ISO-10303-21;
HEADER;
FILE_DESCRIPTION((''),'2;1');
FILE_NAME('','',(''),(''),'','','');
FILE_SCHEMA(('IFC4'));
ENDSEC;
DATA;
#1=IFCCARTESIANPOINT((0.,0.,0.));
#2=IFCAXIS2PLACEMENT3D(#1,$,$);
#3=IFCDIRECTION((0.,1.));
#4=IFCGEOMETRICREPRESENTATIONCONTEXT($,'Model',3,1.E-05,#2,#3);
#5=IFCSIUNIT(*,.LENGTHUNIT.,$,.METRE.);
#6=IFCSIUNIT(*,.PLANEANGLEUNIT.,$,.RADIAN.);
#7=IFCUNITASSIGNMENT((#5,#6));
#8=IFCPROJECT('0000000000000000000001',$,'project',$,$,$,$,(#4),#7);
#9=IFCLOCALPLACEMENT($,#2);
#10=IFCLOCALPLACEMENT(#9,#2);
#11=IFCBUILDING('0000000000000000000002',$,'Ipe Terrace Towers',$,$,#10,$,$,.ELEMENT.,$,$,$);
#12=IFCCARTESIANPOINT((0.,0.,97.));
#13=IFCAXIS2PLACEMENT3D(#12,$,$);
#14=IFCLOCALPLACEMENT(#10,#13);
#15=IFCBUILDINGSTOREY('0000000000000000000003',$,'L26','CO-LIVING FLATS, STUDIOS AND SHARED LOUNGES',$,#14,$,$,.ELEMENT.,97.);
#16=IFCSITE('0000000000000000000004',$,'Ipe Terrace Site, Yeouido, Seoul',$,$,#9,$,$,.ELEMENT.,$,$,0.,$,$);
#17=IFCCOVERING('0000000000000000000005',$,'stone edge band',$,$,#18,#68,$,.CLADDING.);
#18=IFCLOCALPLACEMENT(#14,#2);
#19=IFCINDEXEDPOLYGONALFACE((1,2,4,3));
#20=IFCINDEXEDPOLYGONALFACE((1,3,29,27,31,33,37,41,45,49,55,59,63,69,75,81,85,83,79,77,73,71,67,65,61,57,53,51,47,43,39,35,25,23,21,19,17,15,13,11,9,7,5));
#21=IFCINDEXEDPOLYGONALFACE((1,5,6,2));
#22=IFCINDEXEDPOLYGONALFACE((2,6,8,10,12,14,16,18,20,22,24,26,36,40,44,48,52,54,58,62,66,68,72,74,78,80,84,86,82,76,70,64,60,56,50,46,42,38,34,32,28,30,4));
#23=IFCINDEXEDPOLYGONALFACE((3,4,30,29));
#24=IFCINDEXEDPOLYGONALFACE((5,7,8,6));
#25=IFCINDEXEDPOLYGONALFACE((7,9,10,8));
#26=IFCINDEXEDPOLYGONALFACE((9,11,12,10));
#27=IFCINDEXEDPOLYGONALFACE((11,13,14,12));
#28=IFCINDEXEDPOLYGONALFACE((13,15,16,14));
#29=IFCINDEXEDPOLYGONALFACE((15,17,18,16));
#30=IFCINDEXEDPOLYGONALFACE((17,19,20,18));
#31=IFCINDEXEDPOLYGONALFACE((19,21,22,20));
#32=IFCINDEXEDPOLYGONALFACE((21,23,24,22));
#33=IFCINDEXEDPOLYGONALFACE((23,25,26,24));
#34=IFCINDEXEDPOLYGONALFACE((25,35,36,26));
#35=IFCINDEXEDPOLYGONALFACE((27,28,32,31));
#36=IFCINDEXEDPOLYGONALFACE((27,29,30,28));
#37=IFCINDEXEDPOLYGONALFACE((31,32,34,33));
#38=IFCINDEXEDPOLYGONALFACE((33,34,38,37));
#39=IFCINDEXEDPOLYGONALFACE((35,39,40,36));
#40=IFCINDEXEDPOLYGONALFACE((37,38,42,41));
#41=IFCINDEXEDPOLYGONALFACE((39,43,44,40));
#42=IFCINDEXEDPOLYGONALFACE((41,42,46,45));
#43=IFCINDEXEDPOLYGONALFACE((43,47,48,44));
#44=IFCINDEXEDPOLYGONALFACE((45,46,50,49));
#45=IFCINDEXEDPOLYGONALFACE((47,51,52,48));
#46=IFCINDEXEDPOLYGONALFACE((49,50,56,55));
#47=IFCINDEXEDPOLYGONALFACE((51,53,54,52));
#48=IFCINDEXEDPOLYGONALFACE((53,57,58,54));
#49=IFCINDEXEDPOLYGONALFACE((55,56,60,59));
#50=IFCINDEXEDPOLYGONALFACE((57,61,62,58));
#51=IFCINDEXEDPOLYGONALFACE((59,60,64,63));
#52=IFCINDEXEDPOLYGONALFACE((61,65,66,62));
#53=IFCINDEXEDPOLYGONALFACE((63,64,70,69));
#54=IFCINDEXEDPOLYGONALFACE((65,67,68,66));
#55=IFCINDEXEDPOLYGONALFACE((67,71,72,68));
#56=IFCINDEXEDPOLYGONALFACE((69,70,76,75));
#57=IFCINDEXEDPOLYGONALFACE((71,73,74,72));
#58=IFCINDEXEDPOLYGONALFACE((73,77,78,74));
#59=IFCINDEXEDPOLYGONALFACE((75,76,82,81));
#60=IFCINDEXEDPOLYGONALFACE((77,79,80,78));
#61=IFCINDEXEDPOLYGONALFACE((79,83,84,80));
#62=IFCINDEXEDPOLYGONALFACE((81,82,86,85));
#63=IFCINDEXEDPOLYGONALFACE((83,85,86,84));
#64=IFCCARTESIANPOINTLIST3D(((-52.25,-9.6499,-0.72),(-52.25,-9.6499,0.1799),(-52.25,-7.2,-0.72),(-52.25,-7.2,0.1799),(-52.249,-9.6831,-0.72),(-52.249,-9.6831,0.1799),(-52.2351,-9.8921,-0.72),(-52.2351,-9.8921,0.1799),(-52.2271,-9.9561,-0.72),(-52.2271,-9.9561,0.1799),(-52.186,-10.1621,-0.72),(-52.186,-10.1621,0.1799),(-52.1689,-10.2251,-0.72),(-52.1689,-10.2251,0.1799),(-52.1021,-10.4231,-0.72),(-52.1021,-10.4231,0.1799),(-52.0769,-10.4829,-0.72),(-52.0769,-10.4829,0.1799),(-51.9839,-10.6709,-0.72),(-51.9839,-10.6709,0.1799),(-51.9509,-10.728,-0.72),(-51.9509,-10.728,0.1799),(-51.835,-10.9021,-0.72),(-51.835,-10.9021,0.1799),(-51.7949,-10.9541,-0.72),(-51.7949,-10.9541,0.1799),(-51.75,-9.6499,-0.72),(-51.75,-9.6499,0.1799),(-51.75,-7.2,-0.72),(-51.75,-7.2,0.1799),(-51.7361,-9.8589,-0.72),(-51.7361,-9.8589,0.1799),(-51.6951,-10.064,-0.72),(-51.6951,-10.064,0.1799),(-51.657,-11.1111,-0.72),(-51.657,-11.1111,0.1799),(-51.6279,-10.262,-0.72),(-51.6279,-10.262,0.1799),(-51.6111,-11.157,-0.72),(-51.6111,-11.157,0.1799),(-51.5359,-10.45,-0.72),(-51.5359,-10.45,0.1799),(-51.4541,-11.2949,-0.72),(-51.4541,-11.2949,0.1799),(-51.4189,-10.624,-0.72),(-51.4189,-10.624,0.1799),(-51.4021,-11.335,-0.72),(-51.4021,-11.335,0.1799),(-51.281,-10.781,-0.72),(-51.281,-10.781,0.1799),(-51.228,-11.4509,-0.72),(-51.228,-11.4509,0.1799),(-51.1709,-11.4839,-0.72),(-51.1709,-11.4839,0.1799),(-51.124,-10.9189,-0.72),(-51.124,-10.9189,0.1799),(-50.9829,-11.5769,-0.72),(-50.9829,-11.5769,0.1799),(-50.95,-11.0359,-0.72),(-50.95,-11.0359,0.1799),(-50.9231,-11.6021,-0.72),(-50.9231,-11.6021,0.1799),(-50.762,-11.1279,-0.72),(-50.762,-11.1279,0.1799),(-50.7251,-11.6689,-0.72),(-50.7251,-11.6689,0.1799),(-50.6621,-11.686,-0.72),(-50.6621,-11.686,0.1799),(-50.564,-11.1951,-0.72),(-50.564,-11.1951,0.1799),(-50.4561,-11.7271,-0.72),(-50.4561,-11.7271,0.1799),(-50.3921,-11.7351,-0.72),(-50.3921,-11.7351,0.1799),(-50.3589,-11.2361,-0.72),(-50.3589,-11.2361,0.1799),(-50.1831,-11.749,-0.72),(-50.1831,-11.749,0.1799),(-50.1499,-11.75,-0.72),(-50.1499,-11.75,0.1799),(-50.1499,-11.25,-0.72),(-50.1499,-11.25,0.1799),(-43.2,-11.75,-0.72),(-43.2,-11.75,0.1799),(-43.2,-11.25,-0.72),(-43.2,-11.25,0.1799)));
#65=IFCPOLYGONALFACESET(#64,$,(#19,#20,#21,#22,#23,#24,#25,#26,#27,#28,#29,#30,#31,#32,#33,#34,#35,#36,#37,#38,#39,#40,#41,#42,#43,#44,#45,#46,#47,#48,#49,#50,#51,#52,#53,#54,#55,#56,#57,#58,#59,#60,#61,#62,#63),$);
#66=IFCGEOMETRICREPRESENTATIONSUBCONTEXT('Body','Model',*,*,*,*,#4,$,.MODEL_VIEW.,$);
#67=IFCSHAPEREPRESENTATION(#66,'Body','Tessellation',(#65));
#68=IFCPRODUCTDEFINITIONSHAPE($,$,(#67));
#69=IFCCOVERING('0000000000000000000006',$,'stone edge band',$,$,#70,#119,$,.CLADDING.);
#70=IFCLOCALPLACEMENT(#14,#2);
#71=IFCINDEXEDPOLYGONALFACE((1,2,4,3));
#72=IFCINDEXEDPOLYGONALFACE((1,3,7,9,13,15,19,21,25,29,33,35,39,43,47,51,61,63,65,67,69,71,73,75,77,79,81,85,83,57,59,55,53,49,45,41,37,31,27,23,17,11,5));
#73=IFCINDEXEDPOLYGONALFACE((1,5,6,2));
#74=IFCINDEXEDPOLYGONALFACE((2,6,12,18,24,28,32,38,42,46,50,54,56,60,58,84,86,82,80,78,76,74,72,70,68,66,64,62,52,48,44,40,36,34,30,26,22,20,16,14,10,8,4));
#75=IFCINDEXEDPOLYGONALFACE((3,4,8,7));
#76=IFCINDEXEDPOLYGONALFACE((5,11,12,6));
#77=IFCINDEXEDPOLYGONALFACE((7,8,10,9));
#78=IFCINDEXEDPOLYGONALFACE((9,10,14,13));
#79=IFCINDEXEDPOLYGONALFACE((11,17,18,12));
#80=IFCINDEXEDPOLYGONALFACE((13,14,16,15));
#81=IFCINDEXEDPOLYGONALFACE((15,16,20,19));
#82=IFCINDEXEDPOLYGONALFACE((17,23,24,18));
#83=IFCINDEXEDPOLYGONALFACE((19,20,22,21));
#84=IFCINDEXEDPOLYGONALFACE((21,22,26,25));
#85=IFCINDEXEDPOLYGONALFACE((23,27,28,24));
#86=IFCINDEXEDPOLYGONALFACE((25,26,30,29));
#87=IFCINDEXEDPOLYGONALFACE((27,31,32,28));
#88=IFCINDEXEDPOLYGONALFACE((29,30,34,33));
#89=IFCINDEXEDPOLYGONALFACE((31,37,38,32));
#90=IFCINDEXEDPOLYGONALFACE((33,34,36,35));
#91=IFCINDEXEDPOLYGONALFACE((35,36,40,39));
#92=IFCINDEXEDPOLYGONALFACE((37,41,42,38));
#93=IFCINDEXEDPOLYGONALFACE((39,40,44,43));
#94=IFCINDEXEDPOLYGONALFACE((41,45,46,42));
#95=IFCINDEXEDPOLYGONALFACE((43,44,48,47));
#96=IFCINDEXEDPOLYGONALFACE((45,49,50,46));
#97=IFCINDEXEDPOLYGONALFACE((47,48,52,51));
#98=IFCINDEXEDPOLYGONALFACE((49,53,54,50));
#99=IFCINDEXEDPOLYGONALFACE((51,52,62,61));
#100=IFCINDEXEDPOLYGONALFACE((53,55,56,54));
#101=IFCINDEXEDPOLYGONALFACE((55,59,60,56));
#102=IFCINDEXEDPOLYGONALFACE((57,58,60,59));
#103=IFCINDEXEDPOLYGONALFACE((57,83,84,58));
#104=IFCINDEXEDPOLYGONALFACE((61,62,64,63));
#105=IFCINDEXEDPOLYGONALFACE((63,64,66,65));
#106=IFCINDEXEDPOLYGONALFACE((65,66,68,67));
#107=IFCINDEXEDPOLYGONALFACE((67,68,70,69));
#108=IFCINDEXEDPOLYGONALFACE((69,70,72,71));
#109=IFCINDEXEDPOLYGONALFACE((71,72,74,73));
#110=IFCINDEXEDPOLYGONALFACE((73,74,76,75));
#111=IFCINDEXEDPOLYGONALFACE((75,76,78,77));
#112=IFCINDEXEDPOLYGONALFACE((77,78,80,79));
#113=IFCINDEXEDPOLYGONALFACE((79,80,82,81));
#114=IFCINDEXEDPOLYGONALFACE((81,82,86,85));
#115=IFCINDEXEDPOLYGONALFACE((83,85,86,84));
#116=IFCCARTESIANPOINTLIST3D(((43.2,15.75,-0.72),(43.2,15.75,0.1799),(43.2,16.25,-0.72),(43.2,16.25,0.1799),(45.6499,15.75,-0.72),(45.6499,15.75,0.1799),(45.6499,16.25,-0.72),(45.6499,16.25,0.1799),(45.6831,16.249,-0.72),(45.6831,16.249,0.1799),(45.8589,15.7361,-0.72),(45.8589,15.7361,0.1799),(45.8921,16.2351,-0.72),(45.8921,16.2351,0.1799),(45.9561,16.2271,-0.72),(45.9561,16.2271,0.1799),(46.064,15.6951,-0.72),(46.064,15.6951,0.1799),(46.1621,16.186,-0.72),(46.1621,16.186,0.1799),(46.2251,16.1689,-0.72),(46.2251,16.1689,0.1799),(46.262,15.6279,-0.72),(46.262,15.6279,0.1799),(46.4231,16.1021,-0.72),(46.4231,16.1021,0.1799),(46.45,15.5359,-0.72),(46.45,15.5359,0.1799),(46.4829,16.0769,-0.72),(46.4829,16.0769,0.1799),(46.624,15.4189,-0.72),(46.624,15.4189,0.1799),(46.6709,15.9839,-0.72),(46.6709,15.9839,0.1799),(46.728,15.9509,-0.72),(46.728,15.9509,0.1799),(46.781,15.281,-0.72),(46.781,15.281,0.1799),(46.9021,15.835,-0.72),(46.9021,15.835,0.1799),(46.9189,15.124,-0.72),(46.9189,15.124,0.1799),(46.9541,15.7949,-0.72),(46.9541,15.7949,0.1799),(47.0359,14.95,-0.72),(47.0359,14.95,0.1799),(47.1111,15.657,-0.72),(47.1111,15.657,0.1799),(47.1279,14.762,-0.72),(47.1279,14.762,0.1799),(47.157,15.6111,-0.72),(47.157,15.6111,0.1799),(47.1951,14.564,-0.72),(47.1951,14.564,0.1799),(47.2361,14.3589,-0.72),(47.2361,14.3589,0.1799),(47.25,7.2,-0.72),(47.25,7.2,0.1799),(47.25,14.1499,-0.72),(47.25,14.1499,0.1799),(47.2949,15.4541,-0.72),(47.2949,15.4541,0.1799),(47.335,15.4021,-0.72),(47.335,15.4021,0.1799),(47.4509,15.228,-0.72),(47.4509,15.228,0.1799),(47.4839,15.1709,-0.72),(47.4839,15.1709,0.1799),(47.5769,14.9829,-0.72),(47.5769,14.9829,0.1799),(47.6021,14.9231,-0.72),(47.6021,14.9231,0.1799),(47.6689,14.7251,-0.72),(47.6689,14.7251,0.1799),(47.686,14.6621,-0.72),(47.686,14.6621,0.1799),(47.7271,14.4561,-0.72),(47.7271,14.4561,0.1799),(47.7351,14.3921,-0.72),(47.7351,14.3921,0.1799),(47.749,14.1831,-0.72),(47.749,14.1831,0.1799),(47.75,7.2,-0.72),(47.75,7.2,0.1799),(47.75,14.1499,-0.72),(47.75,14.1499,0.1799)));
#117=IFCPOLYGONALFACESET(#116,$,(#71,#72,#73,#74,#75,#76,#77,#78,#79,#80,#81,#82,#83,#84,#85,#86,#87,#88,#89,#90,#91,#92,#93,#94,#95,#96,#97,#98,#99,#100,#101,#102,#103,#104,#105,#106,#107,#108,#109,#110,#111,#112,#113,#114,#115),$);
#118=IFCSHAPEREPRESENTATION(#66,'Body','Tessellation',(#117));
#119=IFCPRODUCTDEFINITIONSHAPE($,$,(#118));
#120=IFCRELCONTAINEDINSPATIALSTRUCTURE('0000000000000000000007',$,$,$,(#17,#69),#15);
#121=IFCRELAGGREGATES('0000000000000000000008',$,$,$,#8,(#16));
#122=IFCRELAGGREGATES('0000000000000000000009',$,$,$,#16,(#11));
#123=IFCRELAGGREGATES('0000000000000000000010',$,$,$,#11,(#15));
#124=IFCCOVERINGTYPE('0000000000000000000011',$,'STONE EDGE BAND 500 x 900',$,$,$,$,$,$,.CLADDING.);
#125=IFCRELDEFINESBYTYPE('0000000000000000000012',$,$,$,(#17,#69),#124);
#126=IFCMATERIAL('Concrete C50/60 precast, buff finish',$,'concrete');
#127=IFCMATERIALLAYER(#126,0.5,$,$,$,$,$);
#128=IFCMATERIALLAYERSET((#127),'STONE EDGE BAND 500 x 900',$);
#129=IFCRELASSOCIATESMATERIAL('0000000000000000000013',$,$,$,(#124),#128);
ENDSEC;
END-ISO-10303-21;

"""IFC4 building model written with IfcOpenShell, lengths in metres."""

from ifc_helpers import new_model, si_unit, direction, frame, origin, place, context, subcontext, project, spatial, polyline, outline, extrude, material, layer, layer_set, type_object, element, save


model = new_model("IFC4")

# Units and contexts
model_context = context("Model", 3, precision=1e-05, world=origin(), true_north=direction((0.0, 1.0)))
body_context = subcontext(model_context, "Body", "Model", "MODEL_VIEW")
ifc_project = project(units=[si_unit("LENGTHUNIT", "METRE"), si_unit("PLANEANGLEUNIT", "RADIAN")], contexts=[model_context])

# Site, building, storey
site_placement = place(None, origin())
site = spatial("IfcSite", under=ifc_project, at=site_placement, Name="Ipe Terrace Site, Yeouido, Seoul", CompositionType="ELEMENT", RefElevation=0.0)
building_placement = place(site_placement, origin())
building = spatial("IfcBuilding", under=site, at=building_placement, Name="Ipe Terrace Towers", CompositionType="ELEMENT")
storey_placement = place(building_placement, frame((0.0, 0.0, 97.0)))
storey = spatial("IfcBuildingStorey", under=building, at=storey_placement, Name="L26", Description="CO-LIVING FLATS, STUDIOS AND SHARED LOUNGES", CompositionType="ELEMENT", Elevation=97.0)

# Coverings
ifc_material_1 = material(Name="Concrete C50/60 precast, buff finish", Category="concrete")
ifc_layer_1 = layer(ifc_material_1, 0.5)
ifc_layer_set_1 = layer_set([ifc_layer_1], Name="STONE EDGE BAND 500 x 900")
covering_type = type_object("IfcCoveringType", Name="STONE EDGE BAND 500 x 900", PredefinedType="CLADDING", material=ifc_layer_set_1)
covering_1_placement = place(storey_placement, frame((0.0, 0.0, -0.72)))
element("IfcCovering", 1, at=covering_1_placement, inside=storey, type_object=covering_type, Name="stone edge band", PredefinedType="CLADDING", context=body_context, shape_type="SweptSolid", body=[
    extrude(outline(polyline([(-50.1499, -11.75), (-43.2, -11.75), (-43.2, -11.25), (-50.1499, -11.25), (-50.3589, -11.2361), (-50.564, -11.1951), (-50.762, -11.1279), (-50.95, -11.0359), (-51.124, -10.9189), (-51.281, -10.781), (-51.4189, -10.624), (-51.5359, -10.45), (-51.6279, -10.262), (-51.6951, -10.064), (-51.7361, -9.8589), (-51.75, -9.6499), (-51.75, -7.2), (-52.25, -7.2), (-52.25, -9.6499), (-52.249, -9.6831), (-52.2351, -9.8921), (-52.2271, -9.9561), (-52.186, -10.1621), (-52.1689, -10.2251), (-52.1021, -10.4231), (-52.0769, -10.4829), (-51.9839, -10.6709), (-51.9509, -10.728), (-51.835, -10.9021), (-51.7949, -10.9541), (-51.657, -11.1111), (-51.6111, -11.157), (-51.4541, -11.2949), (-51.4021, -11.335), (-51.228, -11.4509), (-51.1709, -11.4839), (-50.9829, -11.5769), (-50.9231, -11.6021), (-50.7251, -11.6689), (-50.6621, -11.686), (-50.4561, -11.7271), (-50.3921, -11.7351), (-50.1831, -11.749), (-50.1499, -11.75)])), origin(), (0.0, 0.0, 1.0), 0.8999),
])
covering_2_placement = place(storey_placement, frame((0.0, 0.0, -0.72)))
element("IfcCovering", 2, at=covering_2_placement, inside=storey, type_object=covering_type, Name="stone edge band", PredefinedType="CLADDING", context=body_context, shape_type="SweptSolid", body=[
    extrude(outline(polyline([(47.75, 14.1499), (47.749, 14.1831), (47.7351, 14.3921), (47.7271, 14.4561), (47.686, 14.6621), (47.6689, 14.7251), (47.6021, 14.9231), (47.5769, 14.9829), (47.4839, 15.1709), (47.4509, 15.228), (47.335, 15.4021), (47.2949, 15.4541), (47.157, 15.6111), (47.1111, 15.657), (46.9541, 15.7949), (46.9021, 15.835), (46.728, 15.9509), (46.6709, 15.9839), (46.4829, 16.0769), (46.4231, 16.1021), (46.2251, 16.1689), (46.1621, 16.186), (45.9561, 16.2271), (45.8921, 16.2351), (45.6831, 16.249), (45.6499, 16.25), (43.2, 16.25), (43.2, 15.75), (45.6499, 15.75), (45.8589, 15.7361), (46.064, 15.6951), (46.262, 15.6279), (46.45, 15.5359), (46.624, 15.4189), (46.781, 15.281), (46.9189, 15.124), (47.0359, 14.95), (47.1279, 14.762), (47.1951, 14.564), (47.2361, 14.3589), (47.25, 14.1499), (47.25, 7.2), (47.75, 7.2), (47.75, 14.1499)])), origin(), (0.0, 0.0, 1.0), 0.8999),
])

save(model, "model.ifc")
